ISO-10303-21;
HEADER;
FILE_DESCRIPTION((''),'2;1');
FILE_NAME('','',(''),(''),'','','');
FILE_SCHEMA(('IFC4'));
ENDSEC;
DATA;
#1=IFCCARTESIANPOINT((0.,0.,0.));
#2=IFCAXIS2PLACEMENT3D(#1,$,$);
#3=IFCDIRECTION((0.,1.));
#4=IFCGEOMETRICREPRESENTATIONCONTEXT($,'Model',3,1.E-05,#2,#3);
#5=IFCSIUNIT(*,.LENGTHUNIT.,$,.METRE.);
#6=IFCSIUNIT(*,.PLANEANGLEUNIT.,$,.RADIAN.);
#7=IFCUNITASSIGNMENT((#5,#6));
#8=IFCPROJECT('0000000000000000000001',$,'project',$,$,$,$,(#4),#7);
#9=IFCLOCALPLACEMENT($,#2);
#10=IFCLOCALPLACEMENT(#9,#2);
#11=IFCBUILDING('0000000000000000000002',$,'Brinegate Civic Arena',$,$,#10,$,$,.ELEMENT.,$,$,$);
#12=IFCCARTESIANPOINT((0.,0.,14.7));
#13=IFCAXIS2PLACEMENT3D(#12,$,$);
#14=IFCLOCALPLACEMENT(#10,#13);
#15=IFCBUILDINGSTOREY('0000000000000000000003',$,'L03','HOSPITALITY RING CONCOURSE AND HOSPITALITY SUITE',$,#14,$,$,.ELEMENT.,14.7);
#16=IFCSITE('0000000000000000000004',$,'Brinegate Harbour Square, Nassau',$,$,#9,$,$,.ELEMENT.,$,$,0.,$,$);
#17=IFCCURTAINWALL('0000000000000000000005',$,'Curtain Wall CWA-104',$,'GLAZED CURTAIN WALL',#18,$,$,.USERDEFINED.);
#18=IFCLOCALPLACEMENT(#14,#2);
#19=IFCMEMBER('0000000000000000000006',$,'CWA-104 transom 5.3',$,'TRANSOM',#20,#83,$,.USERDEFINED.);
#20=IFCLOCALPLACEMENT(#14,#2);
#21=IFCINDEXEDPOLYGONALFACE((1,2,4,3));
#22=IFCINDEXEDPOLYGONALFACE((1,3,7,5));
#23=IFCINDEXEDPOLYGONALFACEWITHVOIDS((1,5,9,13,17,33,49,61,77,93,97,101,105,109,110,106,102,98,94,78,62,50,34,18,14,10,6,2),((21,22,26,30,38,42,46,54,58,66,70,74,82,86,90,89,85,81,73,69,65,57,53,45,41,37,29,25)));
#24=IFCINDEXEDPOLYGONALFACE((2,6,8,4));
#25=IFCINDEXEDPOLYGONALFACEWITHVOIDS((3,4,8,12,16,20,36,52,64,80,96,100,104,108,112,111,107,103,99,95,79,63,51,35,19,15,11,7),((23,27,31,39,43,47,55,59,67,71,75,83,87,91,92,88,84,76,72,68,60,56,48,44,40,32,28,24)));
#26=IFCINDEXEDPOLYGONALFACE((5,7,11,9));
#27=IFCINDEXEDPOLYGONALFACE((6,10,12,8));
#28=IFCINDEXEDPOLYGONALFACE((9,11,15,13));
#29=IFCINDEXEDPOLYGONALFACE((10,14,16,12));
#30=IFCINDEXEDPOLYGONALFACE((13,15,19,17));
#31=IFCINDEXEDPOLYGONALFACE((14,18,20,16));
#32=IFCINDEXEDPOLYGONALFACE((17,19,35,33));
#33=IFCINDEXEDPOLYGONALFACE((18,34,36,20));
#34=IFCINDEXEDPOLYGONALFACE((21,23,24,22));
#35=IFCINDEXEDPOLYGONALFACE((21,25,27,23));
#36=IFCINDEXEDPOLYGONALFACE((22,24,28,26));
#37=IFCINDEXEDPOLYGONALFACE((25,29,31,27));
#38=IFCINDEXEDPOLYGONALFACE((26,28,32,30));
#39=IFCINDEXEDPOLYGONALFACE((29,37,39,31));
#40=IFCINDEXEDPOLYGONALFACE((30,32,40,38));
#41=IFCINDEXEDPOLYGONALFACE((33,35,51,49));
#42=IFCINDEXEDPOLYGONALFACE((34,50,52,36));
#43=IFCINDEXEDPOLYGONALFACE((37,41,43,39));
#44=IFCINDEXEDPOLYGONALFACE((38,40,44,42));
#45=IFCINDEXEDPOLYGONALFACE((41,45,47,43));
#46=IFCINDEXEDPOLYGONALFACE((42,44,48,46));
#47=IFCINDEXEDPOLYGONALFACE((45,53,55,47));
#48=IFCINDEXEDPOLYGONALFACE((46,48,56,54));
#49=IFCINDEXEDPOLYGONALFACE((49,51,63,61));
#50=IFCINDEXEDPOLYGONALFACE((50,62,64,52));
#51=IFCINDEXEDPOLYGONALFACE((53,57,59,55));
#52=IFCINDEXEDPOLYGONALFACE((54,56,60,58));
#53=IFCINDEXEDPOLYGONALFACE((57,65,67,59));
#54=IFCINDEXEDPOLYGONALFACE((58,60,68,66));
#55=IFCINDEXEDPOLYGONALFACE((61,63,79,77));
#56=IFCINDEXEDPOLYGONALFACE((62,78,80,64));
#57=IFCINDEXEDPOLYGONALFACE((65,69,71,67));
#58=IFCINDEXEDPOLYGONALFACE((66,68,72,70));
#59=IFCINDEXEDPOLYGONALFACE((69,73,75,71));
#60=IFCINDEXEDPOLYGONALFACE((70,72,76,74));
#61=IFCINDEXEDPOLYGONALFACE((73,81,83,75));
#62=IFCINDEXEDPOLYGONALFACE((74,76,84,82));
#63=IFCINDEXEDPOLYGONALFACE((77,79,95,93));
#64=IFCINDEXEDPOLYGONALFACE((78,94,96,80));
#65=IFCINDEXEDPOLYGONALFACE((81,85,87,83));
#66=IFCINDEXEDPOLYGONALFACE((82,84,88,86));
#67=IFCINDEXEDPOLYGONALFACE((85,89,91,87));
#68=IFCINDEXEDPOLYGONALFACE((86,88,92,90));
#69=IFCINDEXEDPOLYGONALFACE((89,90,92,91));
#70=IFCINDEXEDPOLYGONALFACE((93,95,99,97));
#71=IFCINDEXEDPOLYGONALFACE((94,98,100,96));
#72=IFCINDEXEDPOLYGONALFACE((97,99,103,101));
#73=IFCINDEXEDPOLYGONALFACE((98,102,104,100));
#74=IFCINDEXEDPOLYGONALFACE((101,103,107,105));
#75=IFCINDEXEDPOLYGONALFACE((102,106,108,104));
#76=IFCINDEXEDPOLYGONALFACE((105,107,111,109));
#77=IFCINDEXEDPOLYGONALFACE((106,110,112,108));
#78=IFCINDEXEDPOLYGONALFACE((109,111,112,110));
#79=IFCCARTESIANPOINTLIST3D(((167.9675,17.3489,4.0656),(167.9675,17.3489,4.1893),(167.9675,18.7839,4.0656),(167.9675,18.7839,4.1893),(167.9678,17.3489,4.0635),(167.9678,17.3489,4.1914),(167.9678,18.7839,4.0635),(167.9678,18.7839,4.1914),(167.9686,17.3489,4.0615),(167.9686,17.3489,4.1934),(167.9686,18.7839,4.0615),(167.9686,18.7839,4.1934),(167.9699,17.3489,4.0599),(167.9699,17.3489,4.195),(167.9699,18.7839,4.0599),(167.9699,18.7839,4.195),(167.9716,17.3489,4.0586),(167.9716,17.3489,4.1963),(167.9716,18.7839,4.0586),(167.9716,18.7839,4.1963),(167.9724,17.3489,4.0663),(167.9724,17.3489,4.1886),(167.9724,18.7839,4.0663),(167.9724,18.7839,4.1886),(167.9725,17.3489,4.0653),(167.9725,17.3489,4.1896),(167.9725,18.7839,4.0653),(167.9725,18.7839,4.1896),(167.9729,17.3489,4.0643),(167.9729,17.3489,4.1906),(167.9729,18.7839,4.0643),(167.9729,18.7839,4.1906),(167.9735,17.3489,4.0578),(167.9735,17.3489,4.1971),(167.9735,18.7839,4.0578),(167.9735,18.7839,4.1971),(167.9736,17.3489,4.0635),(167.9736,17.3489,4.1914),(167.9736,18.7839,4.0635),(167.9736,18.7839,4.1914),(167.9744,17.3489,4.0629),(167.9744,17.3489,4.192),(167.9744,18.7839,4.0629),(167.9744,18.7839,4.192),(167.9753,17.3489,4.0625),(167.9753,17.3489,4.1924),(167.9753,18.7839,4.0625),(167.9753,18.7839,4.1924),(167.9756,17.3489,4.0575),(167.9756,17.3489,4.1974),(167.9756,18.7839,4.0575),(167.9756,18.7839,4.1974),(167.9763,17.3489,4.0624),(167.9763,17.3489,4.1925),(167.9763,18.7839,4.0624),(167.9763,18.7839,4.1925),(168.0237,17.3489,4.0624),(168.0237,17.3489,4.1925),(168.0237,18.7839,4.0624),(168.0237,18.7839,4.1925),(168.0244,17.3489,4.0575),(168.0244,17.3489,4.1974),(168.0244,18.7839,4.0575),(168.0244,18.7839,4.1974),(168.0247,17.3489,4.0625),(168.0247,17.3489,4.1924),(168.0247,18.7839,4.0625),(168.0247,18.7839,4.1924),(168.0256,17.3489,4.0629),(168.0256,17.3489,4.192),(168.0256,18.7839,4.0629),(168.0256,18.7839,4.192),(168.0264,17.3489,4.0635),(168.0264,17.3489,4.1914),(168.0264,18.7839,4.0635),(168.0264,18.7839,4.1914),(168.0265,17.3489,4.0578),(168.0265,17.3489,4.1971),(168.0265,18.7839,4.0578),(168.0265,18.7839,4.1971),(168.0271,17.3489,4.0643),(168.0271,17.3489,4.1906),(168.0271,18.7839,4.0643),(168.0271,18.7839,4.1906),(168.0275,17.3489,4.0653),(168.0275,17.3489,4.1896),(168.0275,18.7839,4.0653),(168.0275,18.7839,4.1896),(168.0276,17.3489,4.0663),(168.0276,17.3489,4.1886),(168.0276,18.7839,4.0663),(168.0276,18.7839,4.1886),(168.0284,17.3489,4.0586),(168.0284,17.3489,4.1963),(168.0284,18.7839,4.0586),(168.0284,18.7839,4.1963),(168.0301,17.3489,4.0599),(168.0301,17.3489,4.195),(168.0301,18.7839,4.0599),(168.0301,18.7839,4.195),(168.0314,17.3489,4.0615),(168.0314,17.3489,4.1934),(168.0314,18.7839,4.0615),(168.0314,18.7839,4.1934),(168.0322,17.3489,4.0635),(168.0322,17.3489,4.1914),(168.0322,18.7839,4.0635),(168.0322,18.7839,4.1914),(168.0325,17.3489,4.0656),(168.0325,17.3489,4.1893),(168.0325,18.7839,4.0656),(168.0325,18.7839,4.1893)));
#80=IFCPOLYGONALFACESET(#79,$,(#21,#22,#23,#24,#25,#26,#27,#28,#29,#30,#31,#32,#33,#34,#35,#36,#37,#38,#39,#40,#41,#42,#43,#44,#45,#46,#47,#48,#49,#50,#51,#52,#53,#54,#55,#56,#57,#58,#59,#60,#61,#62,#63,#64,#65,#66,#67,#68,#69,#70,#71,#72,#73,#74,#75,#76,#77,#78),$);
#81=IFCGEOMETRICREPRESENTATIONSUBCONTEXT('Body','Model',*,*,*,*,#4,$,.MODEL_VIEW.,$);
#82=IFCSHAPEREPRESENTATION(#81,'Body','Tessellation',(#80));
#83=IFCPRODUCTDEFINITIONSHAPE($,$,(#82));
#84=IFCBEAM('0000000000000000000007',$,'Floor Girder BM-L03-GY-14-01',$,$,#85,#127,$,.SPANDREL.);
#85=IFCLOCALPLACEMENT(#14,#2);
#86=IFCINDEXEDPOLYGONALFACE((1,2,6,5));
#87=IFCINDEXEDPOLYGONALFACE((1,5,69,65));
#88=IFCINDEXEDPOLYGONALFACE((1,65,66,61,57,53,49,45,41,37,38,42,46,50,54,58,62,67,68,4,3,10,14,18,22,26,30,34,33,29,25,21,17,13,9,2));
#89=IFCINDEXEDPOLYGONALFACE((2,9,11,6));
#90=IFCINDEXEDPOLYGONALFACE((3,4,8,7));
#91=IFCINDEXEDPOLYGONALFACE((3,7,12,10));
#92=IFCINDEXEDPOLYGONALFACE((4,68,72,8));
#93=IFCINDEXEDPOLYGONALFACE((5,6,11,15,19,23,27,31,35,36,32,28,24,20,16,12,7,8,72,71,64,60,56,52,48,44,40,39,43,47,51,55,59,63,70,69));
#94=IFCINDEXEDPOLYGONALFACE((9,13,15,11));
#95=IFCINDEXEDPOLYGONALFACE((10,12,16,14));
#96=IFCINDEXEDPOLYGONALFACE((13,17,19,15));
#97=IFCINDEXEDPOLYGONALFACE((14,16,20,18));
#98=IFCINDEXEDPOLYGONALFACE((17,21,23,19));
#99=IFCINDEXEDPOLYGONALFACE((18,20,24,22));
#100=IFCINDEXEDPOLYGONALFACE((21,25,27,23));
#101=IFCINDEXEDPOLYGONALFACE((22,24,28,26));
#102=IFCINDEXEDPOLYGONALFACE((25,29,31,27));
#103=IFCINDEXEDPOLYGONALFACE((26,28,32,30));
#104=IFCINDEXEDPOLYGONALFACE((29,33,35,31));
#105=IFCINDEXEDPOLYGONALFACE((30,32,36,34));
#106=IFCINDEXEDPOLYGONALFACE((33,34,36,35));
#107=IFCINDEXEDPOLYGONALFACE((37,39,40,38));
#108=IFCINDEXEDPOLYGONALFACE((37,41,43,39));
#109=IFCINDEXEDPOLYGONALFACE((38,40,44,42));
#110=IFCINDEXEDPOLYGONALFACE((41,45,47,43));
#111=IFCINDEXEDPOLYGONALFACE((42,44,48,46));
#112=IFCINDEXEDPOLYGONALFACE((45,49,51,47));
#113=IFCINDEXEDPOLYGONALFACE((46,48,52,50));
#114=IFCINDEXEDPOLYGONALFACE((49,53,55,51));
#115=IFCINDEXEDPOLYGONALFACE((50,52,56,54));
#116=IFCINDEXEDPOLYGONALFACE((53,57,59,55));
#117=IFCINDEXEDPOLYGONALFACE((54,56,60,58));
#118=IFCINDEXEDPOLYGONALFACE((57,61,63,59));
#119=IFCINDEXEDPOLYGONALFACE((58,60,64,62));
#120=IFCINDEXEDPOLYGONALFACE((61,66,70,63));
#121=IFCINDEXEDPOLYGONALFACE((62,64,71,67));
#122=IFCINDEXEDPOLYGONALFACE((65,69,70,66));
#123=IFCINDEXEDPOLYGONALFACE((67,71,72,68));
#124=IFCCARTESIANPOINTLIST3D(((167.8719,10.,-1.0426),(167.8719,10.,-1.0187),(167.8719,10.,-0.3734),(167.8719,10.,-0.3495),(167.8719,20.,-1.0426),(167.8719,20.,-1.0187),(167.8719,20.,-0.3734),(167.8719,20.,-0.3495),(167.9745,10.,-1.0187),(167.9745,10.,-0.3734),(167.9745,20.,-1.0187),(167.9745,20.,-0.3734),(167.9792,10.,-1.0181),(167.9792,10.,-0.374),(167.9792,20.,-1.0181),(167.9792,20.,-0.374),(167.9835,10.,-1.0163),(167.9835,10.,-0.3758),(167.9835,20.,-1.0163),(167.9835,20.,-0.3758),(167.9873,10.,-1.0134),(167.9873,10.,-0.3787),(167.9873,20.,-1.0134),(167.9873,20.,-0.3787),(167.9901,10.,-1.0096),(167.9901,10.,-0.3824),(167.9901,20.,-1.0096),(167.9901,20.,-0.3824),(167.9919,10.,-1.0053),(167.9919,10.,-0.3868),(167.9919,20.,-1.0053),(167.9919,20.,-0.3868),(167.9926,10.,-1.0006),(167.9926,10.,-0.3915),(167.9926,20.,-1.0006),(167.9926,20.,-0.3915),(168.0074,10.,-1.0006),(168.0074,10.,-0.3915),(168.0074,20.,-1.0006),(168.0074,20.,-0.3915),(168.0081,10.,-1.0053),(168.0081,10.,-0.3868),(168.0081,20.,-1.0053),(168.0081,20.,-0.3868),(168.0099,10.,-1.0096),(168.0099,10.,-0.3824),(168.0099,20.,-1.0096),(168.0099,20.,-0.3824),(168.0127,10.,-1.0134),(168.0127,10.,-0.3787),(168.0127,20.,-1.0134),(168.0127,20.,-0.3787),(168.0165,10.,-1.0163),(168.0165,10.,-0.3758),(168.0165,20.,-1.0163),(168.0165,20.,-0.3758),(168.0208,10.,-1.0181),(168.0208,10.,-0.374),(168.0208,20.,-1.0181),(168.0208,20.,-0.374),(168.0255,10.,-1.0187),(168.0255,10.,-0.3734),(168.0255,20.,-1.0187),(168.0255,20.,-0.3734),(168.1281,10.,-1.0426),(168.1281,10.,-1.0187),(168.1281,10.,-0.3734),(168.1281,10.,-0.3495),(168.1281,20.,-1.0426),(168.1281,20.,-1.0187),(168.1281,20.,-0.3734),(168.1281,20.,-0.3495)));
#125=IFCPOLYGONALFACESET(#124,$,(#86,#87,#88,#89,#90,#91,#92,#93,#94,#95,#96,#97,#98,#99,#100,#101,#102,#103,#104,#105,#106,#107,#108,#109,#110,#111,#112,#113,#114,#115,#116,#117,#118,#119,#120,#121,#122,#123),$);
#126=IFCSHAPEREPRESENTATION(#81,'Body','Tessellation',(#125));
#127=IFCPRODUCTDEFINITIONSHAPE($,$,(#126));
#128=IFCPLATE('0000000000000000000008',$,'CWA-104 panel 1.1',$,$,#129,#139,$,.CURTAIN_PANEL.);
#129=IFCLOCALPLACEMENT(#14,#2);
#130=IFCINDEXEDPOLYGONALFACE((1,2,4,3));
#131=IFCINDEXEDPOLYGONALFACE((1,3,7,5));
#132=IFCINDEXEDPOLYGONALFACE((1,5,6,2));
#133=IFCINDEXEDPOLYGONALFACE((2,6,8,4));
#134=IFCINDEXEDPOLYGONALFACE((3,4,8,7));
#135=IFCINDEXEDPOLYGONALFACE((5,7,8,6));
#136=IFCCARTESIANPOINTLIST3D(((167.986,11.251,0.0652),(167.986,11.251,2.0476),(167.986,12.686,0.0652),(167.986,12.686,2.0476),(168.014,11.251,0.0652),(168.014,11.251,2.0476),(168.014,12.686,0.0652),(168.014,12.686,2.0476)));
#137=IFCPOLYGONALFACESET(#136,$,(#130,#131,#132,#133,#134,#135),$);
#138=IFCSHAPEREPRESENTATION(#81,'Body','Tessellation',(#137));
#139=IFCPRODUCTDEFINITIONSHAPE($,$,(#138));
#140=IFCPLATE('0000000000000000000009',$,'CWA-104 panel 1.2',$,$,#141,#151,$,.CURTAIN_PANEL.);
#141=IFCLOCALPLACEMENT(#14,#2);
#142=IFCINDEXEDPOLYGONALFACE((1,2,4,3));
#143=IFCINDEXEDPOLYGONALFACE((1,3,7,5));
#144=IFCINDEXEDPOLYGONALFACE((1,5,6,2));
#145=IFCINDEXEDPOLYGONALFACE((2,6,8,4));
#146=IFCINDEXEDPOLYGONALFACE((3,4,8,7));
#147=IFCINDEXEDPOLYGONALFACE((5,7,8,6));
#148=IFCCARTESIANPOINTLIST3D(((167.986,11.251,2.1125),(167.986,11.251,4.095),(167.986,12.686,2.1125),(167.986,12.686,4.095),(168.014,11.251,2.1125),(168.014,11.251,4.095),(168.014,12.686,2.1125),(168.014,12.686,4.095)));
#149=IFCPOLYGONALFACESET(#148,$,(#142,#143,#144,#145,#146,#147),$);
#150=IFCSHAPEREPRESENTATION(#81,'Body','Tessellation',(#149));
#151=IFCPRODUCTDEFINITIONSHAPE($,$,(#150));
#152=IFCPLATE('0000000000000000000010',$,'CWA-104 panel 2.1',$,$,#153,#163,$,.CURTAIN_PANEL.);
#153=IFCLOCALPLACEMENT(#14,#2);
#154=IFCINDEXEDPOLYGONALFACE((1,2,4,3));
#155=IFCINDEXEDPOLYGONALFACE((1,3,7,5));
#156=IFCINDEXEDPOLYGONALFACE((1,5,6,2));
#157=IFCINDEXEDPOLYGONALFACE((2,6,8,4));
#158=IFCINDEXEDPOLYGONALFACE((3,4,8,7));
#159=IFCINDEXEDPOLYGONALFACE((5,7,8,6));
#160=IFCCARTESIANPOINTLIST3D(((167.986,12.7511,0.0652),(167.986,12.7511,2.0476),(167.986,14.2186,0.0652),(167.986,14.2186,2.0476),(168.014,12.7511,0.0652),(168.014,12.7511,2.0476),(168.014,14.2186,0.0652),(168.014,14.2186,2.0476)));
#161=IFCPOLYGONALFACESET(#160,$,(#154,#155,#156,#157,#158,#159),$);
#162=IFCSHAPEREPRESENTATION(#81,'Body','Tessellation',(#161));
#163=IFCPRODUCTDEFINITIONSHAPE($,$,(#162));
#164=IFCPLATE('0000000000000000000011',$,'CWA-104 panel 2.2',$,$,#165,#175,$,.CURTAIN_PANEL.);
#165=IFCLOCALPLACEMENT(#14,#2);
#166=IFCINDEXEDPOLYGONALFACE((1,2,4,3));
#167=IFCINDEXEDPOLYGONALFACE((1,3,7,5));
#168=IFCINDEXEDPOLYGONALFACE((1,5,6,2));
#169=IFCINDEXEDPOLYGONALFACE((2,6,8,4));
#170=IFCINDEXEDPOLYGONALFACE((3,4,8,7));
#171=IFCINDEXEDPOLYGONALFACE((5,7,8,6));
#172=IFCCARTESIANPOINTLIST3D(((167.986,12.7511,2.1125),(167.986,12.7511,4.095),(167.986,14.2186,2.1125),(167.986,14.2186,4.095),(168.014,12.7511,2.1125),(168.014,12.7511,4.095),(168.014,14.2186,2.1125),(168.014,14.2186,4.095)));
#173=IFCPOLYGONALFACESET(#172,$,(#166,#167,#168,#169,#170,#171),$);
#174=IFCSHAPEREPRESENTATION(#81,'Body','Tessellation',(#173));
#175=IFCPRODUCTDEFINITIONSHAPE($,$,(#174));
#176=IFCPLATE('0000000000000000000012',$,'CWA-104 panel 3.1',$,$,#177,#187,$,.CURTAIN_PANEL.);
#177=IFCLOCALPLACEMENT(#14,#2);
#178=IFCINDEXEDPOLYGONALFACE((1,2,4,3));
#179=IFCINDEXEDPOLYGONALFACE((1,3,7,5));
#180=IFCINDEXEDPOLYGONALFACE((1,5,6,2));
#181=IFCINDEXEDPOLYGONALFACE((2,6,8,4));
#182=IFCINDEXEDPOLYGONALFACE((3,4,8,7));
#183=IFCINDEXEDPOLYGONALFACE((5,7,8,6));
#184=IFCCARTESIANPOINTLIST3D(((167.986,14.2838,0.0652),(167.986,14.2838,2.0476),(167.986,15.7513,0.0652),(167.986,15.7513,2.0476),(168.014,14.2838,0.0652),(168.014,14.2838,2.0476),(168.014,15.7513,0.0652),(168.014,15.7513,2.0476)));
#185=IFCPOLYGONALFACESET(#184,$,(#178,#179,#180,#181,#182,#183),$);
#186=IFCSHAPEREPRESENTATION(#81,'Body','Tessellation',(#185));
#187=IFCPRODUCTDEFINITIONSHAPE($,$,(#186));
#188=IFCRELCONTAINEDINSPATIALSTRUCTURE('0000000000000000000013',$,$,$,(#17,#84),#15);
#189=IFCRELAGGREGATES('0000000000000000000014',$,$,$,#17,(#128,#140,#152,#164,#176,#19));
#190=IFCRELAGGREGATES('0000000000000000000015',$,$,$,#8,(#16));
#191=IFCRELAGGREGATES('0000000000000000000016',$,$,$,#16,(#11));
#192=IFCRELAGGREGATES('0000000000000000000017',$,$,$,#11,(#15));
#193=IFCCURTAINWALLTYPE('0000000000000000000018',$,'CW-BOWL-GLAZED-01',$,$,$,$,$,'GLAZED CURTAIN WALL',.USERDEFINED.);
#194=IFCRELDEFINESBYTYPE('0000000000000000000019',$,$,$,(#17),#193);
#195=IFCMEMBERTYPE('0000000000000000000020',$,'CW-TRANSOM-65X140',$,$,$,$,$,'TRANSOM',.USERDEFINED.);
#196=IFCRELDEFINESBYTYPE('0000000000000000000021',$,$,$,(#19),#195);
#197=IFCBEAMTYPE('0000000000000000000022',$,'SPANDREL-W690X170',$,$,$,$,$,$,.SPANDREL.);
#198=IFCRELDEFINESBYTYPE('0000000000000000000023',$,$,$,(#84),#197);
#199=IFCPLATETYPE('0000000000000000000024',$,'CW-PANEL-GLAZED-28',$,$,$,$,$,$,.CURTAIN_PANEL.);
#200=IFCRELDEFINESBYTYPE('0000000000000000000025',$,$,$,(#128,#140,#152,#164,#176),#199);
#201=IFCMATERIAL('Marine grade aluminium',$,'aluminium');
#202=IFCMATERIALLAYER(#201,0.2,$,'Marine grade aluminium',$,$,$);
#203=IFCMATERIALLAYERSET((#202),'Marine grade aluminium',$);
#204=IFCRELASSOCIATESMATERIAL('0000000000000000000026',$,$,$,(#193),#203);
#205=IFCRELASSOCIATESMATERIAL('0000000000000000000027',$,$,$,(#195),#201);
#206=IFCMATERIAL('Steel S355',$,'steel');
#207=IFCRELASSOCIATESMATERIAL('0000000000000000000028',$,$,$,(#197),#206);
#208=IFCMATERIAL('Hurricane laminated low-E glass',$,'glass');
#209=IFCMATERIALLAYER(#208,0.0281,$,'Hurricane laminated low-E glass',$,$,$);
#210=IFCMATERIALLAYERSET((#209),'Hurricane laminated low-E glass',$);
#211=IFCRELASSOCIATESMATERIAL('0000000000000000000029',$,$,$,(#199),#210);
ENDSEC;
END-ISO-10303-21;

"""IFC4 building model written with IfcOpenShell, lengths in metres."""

from ifc_helpers import new_model, si_unit, direction, frame, origin, origin_2d, place, context, subcontext, project, spatial, rectangle, hollow_rectangle, i_section, extrude, material, layer, layer_set, material_profile, profile_set, type_object, element, aggregate, save


model = new_model("IFC4")

# Units and contexts
model_context = context("Model", 3, precision=1e-05, world=origin(), true_north=direction((0.0, 1.0)))
body_context = subcontext(model_context, "Body", "Model", "MODEL_VIEW")
ifc_project = project(units=[si_unit("LENGTHUNIT", "METRE"), si_unit("PLANEANGLEUNIT", "RADIAN")], contexts=[model_context])

# Site, building, storey
site_placement = place(None, origin())
site = spatial("IfcSite", under=ifc_project, at=site_placement, Name="Brinegate Harbour Square, Nassau", CompositionType="ELEMENT", RefElevation=0.0)
building_placement = place(site_placement, origin())
building = spatial("IfcBuilding", under=site, at=building_placement, Name="Brinegate Civic Arena", CompositionType="ELEMENT")
storey_placement = place(building_placement, frame((0.0, 0.0, 14.7)))
storey = spatial("IfcBuildingStorey", under=building, at=storey_placement, Name="L03", Description="HOSPITALITY RING CONCOURSE AND HOSPITALITY SUITE", CompositionType="ELEMENT", Elevation=14.7)

# Curtain wall, member
ifc_material_1 = material(Name="Marine grade aluminium", Category="aluminium")
ifc_layer_1 = layer(ifc_material_1, 0.2, Name="Marine grade aluminium")
ifc_layer_set_1 = layer_set([ifc_layer_1], Name="Marine grade aluminium")
curtain_wall_type = type_object("IfcCurtainWallType", Name="CW-BOWL-GLAZED-01", ElementType="GLAZED CURTAIN WALL", PredefinedType="USERDEFINED", material=ifc_layer_set_1)
curtain_wall_placement = place(storey_placement, origin())
curtain_wall = element("IfcCurtainWall", 1, at=curtain_wall_placement, inside=storey, type_object=curtain_wall_type, Name="Curtain Wall CWA-104", ObjectType="GLAZED CURTAIN WALL", PredefinedType="USERDEFINED")
ifc_material_profile_1 = material_profile(ifc_material_1, hollow_rectangle(XDim=0.0649, YDim=0.1399, WallThickness=0.0049, InnerFilletRadius=0.0039, OuterFilletRadius=0.0081, at=origin_2d()), Name="TRN65X140")
ifc_profile_set_1 = profile_set([ifc_material_profile_1], Name="Marine grade aluminium")
member_type_1 = type_object("IfcMemberType", Name="CW-TRANSOM-65X140", ElementType="TRANSOM", PredefinedType="USERDEFINED", material=ifc_profile_set_1)
member_1_placement = place(storey_placement, frame((168.0, 17.3489, 4.1274), z_axis=(0.0, 1.0, 0.0), x_axis=(-1.0, 0.0, 0.0)))
member_1 = element("IfcMember", 2, at=member_1_placement, type_object=member_type_1, Name="CWA-104 transom 5.3", ObjectType="TRANSOM", PredefinedType="USERDEFINED", context=body_context, shape_type="SweptSolid", body=[
    extrude(hollow_rectangle(XDim=0.0649, YDim=0.1399, WallThickness=0.0049, InnerFilletRadius=0.0039, OuterFilletRadius=0.0081, at=origin_2d()), origin(), (0.0, 0.0, 1.0), 1.4351),
])

# Beam
ifc_material_2 = material(Name="Steel S355", Category="steel")
ifc_material_profile_2 = material_profile(ifc_material_2, i_section(OverallWidth=0.2561, OverallDepth=0.6931, WebThickness=0.0149, FlangeThickness=0.0239, FilletRadius=0.0181, at=origin_2d()), Name="W690X170")
ifc_profile_set_2 = profile_set([ifc_material_profile_2], Name="Steel S355")
beam_type = type_object("IfcBeamType", Name="SPANDREL-W690X170", PredefinedType="SPANDREL", material=ifc_profile_set_2)
beam_placement = place(storey_placement, frame((168.0, 10.0, -0.696), z_axis=(0.0, 1.0, 0.0), x_axis=(-1.0, 0.0, 0.0)))
element("IfcBeam", 3, at=beam_placement, inside=storey, type_object=beam_type, Name="Floor Girder BM-L03-GY-14-01", PredefinedType="SPANDREL", context=body_context, shape_type="SweptSolid", body=[
    extrude(i_section(OverallWidth=0.2561, OverallDepth=0.6931, WebThickness=0.0149, FlangeThickness=0.0239, FilletRadius=0.0181, at=origin_2d()), origin(), (0.0, 0.0, 1.0), 10.0),
])

# Plates
ifc_material_3 = material(Name="Hurricane laminated low-E glass", Category="glass")
ifc_layer_2 = layer(ifc_material_3, 0.0281, Name="Hurricane laminated low-E glass")
ifc_layer_set_2 = layer_set([ifc_layer_2], Name="Hurricane laminated low-E glass")
plate_type = type_object("IfcPlateType", Name="CW-PANEL-GLAZED-28", PredefinedType="CURTAIN_PANEL", material=ifc_layer_set_2)
plate_1_placement = place(storey_placement, frame((168.0, 11.9685, 0.0652), z_axis=(0.0, 0.0, 1.0), x_axis=(0.0, 1.0, 0.0)))
plate_1 = element("IfcPlate", 4, at=plate_1_placement, type_object=plate_type, Name="CWA-104 panel 1.1", PredefinedType="CURTAIN_PANEL", context=body_context, shape_type="SweptSolid", body=[
    extrude(rectangle(XDim=1.4351, YDim=0.0281, at=origin_2d()), origin(), (0.0, 0.0, 1.0), 1.9824),
])
plate_2_placement = place(storey_placement, frame((168.0, 11.9685, 2.1125), z_axis=(0.0, 0.0, 1.0), x_axis=(0.0, 1.0, 0.0)))
plate_2 = element("IfcPlate", 5, at=plate_2_placement, type_object=plate_type, Name="CWA-104 panel 1.2", PredefinedType="CURTAIN_PANEL", context=body_context, shape_type="SweptSolid", body=[
    extrude(rectangle(XDim=1.4351, YDim=0.0281, at=origin_2d()), origin(), (0.0, 0.0, 1.0), 1.9824),
])
plate_3_placement = place(storey_placement, frame((168.0, 13.4849, 0.0652), z_axis=(0.0, 0.0, 1.0), x_axis=(0.0, 1.0, 0.0)))
plate_3 = element("IfcPlate", 6, at=plate_3_placement, type_object=plate_type, Name="CWA-104 panel 2.1", PredefinedType="CURTAIN_PANEL", context=body_context, shape_type="SweptSolid", body=[
    extrude(rectangle(XDim=1.4675, YDim=0.0281, at=origin_2d()), origin(), (0.0, 0.0, 1.0), 1.9824),
])
plate_4_placement = place(storey_placement, frame((168.0, 13.4849, 2.1125), z_axis=(0.0, 0.0, 1.0), x_axis=(0.0, 1.0, 0.0)))
plate_4 = element("IfcPlate", 7, at=plate_4_placement, type_object=plate_type, Name="CWA-104 panel 2.2", PredefinedType="CURTAIN_PANEL", context=body_context, shape_type="SweptSolid", body=[
    extrude(rectangle(XDim=1.4675, YDim=0.0281, at=origin_2d()), origin(), (0.0, 0.0, 1.0), 1.9824),
])
plate_5_placement = place(storey_placement, frame((168.0, 15.0176, 0.0652), z_axis=(0.0, 0.0, 1.0), x_axis=(0.0, 1.0, 0.0)))
plate_5 = element("IfcPlate", 8, at=plate_5_placement, type_object=plate_type, Name="CWA-104 panel 3.1", PredefinedType="CURTAIN_PANEL", context=body_context, shape_type="SweptSolid", body=[
    extrude(rectangle(XDim=1.4675, YDim=0.0281, at=origin_2d()), origin(), (0.0, 0.0, 1.0), 1.9824),
])
aggregate(curtain_wall, [plate_1, plate_2, plate_3, plate_4, plate_5, member_1])

save(model, "model.ifc")
